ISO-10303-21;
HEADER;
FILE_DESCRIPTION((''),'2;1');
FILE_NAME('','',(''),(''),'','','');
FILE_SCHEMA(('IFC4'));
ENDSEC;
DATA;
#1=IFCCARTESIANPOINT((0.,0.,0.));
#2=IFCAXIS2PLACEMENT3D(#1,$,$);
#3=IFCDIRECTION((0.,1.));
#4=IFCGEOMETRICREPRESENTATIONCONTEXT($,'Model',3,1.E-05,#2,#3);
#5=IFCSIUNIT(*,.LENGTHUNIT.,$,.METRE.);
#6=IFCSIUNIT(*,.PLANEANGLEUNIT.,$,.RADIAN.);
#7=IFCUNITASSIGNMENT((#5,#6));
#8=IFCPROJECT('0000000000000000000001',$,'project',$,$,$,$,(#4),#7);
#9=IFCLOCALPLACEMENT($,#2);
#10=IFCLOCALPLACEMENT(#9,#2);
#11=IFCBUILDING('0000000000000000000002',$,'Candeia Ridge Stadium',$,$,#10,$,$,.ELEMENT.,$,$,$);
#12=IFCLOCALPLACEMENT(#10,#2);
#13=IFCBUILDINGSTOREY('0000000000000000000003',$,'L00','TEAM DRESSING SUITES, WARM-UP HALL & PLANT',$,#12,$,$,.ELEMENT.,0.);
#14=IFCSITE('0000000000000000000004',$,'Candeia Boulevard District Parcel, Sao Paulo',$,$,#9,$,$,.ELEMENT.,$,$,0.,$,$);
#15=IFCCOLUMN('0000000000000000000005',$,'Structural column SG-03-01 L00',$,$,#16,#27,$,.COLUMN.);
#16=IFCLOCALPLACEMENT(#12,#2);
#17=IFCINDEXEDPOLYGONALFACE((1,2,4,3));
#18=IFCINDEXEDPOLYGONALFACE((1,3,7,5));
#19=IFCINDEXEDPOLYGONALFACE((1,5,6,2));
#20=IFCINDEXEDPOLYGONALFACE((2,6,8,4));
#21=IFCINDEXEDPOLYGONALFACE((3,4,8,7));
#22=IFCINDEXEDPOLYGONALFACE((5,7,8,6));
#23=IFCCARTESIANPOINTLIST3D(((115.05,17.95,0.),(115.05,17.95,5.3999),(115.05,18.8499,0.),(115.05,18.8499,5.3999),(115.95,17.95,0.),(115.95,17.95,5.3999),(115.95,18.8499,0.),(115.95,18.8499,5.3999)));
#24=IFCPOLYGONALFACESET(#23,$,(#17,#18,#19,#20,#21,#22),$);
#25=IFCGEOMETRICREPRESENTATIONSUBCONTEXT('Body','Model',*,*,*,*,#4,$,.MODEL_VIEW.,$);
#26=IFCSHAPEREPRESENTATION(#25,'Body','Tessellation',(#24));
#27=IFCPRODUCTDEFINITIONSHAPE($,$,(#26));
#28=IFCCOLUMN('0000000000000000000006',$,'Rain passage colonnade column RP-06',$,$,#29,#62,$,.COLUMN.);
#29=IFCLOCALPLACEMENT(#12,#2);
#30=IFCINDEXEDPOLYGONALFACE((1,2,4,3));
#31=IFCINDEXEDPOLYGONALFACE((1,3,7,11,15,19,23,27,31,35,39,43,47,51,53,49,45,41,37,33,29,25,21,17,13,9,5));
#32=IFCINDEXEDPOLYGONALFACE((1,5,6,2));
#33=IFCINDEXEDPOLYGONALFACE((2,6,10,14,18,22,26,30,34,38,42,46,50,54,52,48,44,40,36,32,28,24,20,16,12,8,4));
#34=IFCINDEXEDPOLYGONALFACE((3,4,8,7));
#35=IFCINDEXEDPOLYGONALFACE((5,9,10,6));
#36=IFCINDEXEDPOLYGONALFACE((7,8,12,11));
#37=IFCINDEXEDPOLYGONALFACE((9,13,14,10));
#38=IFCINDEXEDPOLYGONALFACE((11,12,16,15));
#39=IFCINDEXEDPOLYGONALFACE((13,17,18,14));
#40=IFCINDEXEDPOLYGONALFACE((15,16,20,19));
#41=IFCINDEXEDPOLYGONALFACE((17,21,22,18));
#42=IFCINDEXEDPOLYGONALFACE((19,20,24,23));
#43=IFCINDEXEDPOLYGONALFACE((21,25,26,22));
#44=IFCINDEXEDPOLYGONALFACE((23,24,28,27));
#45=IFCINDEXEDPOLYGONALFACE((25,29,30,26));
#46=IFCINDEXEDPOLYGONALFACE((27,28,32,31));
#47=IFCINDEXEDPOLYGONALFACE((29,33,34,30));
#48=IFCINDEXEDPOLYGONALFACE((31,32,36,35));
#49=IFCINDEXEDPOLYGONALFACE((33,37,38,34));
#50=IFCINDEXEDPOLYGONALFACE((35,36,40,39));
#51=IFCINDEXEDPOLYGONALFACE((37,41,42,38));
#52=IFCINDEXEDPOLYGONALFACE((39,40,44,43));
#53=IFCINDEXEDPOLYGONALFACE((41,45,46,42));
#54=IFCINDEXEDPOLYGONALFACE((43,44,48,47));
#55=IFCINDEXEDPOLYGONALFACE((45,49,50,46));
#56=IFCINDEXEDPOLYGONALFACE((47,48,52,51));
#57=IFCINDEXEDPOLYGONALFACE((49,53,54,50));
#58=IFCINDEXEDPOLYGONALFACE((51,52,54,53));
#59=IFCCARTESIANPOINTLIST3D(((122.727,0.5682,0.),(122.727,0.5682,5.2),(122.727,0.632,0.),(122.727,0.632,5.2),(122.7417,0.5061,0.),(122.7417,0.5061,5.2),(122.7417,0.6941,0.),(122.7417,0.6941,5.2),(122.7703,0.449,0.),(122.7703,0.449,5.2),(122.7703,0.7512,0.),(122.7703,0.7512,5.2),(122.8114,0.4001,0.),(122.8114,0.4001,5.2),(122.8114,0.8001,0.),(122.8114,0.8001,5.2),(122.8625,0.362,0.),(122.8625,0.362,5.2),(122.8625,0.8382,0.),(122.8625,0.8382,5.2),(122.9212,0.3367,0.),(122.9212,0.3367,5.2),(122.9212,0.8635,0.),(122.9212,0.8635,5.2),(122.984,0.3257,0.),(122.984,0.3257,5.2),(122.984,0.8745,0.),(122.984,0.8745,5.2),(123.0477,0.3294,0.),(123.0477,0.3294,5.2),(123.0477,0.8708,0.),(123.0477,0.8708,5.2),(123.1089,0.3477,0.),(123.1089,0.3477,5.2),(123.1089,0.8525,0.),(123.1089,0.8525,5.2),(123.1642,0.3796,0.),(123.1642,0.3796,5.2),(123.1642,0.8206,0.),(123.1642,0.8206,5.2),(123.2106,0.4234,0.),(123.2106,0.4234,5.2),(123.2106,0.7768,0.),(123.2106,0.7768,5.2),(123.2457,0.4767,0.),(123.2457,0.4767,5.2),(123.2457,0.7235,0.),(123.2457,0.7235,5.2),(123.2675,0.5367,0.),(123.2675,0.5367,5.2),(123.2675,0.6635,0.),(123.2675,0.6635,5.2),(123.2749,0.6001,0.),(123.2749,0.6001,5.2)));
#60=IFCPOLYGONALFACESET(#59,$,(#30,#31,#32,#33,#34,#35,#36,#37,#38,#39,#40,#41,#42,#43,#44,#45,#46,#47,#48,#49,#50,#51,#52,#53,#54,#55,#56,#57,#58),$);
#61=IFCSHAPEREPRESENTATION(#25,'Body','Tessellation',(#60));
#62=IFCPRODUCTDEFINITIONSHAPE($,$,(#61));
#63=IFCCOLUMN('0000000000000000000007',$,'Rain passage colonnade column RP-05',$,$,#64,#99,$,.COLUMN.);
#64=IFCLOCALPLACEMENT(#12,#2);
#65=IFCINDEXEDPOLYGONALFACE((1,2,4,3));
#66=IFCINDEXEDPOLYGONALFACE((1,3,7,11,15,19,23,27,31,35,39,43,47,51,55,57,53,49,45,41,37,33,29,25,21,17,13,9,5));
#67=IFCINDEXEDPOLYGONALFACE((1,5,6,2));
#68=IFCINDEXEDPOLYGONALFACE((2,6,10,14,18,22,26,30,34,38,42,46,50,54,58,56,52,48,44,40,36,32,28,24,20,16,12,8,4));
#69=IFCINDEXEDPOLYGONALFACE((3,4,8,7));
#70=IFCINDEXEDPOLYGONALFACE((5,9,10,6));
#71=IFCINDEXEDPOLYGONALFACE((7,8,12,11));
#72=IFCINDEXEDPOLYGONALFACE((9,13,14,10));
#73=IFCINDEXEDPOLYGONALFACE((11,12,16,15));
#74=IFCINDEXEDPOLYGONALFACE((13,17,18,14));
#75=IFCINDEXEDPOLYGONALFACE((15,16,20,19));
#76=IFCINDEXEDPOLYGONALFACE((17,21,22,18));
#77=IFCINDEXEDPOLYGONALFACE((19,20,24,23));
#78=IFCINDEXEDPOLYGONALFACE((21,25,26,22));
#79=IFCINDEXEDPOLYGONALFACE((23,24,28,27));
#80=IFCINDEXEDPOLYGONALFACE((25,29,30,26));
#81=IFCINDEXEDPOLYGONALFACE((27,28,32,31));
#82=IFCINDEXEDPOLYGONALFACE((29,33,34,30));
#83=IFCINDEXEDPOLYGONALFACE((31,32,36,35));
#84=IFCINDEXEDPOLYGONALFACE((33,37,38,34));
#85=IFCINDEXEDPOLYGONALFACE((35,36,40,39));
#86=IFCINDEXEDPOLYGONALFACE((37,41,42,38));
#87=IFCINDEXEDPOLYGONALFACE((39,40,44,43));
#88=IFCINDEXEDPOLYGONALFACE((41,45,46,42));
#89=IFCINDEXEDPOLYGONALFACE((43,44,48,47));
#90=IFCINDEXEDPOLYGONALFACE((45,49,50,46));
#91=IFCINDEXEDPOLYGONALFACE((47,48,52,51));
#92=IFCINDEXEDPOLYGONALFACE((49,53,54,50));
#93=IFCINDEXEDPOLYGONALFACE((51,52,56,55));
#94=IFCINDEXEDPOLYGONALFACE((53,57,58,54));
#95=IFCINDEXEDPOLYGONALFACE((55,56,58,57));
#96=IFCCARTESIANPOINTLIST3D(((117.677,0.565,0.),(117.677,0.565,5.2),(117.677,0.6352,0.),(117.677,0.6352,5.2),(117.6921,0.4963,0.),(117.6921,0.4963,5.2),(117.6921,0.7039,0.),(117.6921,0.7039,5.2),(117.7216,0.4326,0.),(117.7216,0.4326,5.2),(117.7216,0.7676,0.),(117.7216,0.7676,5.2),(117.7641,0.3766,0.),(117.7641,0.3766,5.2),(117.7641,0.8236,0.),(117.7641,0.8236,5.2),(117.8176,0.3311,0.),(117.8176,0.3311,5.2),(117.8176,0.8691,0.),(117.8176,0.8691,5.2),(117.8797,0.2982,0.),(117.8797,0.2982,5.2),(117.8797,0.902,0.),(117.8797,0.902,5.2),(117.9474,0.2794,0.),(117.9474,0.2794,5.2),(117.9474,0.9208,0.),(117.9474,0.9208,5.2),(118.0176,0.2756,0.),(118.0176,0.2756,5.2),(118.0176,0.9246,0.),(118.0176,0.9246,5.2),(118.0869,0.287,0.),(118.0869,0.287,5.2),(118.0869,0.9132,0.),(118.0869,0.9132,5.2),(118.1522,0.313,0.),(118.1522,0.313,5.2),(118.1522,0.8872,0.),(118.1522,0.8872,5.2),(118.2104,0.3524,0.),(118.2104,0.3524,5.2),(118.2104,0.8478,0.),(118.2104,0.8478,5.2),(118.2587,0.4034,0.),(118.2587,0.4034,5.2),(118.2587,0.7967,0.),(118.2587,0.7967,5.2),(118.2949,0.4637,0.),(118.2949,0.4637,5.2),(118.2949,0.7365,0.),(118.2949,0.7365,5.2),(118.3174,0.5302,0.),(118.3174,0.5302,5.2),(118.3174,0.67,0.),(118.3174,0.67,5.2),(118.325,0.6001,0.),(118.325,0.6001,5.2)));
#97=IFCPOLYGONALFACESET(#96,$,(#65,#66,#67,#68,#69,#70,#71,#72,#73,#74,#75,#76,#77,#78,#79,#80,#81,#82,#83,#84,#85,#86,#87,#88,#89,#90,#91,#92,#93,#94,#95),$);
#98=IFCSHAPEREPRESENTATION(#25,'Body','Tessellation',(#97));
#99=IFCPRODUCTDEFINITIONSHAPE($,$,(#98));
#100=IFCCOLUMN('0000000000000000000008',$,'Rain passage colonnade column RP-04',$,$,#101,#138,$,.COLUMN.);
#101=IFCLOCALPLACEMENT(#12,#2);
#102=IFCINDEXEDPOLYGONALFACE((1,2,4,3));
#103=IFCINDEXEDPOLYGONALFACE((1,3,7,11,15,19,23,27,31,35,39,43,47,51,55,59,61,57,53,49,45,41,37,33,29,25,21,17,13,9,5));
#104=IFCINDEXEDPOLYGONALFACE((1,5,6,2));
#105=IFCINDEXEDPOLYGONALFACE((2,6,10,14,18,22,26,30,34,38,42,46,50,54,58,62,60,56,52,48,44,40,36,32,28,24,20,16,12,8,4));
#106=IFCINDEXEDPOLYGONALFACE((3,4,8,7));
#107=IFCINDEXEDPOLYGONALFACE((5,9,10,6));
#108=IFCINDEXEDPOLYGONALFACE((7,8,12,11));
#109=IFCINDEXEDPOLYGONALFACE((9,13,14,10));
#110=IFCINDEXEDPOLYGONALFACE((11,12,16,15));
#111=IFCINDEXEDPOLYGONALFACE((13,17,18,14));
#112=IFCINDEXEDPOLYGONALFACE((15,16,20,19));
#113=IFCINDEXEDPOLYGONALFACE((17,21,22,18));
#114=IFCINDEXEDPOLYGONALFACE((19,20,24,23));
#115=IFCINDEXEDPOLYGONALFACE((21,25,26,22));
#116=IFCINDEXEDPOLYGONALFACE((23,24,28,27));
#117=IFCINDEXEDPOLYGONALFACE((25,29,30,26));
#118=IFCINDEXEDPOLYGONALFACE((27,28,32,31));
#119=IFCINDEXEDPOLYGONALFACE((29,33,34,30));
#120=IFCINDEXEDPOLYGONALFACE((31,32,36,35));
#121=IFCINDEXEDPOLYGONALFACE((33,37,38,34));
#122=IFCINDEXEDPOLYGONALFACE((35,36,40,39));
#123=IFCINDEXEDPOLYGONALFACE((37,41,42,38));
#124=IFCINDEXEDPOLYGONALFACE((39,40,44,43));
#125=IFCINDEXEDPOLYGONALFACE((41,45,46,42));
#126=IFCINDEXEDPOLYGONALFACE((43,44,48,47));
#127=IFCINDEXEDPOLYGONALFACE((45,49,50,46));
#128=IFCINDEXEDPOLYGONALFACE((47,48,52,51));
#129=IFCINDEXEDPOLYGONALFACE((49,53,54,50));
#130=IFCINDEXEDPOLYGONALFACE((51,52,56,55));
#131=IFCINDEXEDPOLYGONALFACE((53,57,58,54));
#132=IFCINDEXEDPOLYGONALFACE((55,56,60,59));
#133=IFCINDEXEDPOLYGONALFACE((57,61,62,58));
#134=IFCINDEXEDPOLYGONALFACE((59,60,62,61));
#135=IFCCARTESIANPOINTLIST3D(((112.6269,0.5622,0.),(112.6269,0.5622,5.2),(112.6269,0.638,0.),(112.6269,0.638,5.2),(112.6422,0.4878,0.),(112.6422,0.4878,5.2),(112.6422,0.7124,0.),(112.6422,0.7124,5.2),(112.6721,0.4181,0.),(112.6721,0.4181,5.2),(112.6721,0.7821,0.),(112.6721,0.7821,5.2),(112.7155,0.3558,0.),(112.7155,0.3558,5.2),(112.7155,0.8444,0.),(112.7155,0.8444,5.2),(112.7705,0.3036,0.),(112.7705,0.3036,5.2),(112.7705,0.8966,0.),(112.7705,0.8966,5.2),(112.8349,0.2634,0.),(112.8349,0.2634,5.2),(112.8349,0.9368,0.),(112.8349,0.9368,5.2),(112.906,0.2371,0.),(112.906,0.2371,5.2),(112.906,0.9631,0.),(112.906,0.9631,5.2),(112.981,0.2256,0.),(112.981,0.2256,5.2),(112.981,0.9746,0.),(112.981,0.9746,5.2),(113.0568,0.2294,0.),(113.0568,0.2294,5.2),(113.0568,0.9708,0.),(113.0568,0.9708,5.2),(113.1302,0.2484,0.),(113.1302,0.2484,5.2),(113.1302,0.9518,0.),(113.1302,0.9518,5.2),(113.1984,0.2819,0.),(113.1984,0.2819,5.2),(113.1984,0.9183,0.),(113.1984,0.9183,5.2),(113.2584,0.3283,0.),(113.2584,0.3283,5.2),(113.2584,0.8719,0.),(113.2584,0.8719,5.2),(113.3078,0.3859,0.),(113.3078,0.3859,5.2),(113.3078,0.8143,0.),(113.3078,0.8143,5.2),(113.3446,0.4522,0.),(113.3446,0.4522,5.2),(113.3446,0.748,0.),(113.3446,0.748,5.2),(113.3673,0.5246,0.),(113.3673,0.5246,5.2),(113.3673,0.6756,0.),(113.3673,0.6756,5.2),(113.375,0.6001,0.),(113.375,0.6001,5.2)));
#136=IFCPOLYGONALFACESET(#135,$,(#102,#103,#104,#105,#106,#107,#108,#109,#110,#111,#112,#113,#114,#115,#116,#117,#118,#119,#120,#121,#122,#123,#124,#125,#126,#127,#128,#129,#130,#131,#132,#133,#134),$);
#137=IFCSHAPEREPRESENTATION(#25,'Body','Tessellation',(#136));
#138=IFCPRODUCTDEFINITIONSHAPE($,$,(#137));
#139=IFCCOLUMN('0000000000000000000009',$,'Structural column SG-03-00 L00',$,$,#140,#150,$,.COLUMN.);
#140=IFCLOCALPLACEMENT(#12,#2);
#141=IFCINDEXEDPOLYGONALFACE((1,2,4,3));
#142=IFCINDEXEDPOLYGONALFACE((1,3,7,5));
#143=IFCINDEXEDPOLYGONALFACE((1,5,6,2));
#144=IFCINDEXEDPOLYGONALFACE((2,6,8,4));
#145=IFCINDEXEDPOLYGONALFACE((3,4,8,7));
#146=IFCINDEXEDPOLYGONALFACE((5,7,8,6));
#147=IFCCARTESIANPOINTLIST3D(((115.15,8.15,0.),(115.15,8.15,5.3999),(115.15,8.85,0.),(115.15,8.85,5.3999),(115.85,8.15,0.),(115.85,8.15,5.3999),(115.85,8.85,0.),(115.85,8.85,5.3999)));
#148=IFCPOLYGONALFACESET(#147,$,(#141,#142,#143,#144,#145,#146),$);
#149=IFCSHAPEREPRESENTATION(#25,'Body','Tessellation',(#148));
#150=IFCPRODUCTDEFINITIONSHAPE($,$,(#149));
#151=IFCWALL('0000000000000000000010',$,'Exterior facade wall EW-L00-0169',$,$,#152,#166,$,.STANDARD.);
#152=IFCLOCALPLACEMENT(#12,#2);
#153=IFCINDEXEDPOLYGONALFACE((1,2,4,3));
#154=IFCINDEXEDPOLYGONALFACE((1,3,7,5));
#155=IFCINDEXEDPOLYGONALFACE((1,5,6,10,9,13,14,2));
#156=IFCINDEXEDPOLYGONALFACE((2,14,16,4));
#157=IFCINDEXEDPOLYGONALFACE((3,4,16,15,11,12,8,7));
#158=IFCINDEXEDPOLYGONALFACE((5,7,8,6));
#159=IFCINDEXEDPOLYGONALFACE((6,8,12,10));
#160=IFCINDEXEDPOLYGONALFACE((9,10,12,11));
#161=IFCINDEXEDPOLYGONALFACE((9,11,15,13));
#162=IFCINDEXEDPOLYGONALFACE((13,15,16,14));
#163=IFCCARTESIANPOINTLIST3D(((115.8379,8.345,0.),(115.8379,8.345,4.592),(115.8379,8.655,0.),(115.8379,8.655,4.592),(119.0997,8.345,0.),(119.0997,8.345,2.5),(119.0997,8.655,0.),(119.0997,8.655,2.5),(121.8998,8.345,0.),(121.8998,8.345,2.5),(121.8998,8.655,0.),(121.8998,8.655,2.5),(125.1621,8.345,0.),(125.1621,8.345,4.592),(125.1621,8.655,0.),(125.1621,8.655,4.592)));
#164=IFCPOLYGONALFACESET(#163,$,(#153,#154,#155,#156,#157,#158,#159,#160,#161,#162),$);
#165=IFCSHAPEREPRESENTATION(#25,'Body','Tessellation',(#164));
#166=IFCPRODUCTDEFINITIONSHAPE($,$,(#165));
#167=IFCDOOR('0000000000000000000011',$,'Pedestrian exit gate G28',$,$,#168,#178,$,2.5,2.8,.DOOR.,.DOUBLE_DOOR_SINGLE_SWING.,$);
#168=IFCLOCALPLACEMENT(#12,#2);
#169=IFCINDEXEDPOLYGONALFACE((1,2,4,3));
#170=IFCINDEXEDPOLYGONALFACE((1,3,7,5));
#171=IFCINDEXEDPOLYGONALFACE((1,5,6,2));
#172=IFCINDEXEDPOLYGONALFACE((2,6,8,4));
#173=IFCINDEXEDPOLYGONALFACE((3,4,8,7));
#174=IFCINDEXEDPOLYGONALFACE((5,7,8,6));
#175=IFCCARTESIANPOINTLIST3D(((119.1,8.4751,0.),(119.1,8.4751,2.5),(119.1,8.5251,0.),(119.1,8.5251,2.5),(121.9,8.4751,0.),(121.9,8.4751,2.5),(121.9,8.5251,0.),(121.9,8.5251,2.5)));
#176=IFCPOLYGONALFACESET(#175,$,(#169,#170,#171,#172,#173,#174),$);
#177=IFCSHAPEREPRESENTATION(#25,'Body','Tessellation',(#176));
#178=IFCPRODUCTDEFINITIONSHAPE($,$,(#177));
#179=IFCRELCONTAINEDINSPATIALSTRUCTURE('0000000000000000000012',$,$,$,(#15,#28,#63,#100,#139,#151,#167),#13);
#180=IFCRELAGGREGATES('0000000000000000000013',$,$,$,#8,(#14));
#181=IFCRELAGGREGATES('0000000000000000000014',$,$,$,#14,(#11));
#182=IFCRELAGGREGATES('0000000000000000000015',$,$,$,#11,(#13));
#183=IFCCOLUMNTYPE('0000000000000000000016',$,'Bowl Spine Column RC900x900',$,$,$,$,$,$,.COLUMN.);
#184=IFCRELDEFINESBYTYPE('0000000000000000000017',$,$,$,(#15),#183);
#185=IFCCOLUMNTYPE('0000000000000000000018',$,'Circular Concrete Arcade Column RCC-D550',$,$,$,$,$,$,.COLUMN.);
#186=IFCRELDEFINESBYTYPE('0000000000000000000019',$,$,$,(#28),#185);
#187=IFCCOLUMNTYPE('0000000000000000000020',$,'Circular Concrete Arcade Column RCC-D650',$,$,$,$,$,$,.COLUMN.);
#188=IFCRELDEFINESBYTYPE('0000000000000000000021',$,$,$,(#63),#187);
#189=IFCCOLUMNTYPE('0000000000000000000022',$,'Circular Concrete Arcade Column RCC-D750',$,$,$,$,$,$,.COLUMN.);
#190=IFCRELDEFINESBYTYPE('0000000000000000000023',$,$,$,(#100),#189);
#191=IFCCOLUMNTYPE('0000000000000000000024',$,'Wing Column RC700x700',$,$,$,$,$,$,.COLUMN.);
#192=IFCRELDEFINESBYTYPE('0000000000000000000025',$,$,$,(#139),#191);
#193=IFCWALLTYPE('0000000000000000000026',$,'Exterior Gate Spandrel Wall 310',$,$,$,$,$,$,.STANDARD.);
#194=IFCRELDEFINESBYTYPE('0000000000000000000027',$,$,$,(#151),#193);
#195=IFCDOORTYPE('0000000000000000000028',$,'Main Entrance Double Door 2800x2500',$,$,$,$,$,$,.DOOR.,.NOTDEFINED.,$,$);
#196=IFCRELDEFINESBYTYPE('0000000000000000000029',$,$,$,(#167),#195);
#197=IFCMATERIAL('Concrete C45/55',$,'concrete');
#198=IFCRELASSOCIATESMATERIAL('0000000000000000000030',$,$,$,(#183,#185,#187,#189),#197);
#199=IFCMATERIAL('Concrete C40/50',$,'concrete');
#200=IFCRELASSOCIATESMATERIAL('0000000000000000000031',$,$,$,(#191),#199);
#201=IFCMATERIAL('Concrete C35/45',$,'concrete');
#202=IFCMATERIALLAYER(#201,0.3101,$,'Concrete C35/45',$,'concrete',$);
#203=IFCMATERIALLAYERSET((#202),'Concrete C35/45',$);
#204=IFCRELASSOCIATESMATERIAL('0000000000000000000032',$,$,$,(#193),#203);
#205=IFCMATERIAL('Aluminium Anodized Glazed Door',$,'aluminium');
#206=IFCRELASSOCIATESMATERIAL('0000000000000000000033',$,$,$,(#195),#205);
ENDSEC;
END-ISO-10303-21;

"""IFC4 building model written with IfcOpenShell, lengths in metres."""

from ifc_helpers import new_model, si_unit, direction, frame, frame_2d, origin, origin_2d, place, context, subcontext, project, spatial, rectangle, circle, extrude, material, layer, layer_set, material_profile, profile_set, type_object, element, fill, save


model = new_model("IFC4")

# Units and contexts
model_context = context("Model", 3, precision=1e-05, world=origin(), true_north=direction((0.0, 1.0)))
body_context = subcontext(model_context, "Body", "Model", "MODEL_VIEW")
ifc_project = project(units=[si_unit("LENGTHUNIT", "METRE"), si_unit("PLANEANGLEUNIT", "RADIAN")], contexts=[model_context])

# Site, building, storey
site_placement = place(None, origin())
site = spatial("IfcSite", under=ifc_project, at=site_placement, Name="Candeia Boulevard District Parcel, Sao Paulo", CompositionType="ELEMENT", RefElevation=0.0)
building_placement = place(site_placement, origin())
building = spatial("IfcBuilding", under=site, at=building_placement, Name="Candeia Ridge Stadium", CompositionType="ELEMENT")
storey_placement = place(building_placement, origin())
storey = spatial("IfcBuildingStorey", under=building, at=storey_placement, Name="L00", Description="TEAM DRESSING SUITES, WARM-UP HALL & PLANT", CompositionType="ELEMENT", Elevation=0.0)

# Shared definitions
ifc_material_1 = material(Name="Concrete C40/50", Category="concrete")

# Columns
ifc_material_2 = material(Name="Concrete C45/55", Category="concrete")
ifc_material_profile_1 = material_profile(ifc_material_2, rectangle(XDim=0.8999, YDim=0.8999, at=origin_2d()), Name="RC900x900", Category="concrete")
ifc_profile_set_1 = profile_set([ifc_material_profile_1], Name="Concrete C45/55")
column_type_1 = type_object("IfcColumnType", Name="Bowl Spine Column RC900x900", PredefinedType="COLUMN", material=ifc_profile_set_1)
column_1_placement = place(storey_placement, frame((115.5, 18.3999, 0.0), z_axis=(0.0, 0.0, 1.0), x_axis=(1.0, 0.0, 0.0)))
element("IfcColumn", 1, at=column_1_placement, inside=storey, type_object=column_type_1, Name="Structural column SG-03-01 L00", PredefinedType="COLUMN", context=body_context, shape_type="SweptSolid", body=[
    extrude(rectangle(XDim=0.8999, YDim=0.8999, at=origin_2d()), origin(), (0.0, 0.0, 1.0), 5.3999),
])
ifc_material_profile_2 = material_profile(ifc_material_2, circle(Radius=0.2749, at=origin_2d()), Name="RCC-D550", Category="concrete")
ifc_profile_set_2 = profile_set([ifc_material_profile_2], Name="Concrete C45/55")
column_type_2 = type_object("IfcColumnType", Name="Circular Concrete Arcade Column RCC-D550", PredefinedType="COLUMN", material=ifc_profile_set_2)
column_2_placement = place(storey_placement, frame((123.0, 0.6001, 0.0), z_axis=(0.0, 0.0, 1.0), x_axis=(1.0, 0.0, 0.0)))
element("IfcColumn", 2, at=column_2_placement, inside=storey, type_object=column_type_2, Name="Rain passage colonnade column RP-06", PredefinedType="COLUMN", context=body_context, shape_type="SweptSolid", body=[
    extrude(circle(Radius=0.2749, at=origin_2d()), origin(), (0.0, 0.0, 1.0), 5.2),
])
ifc_material_profile_3 = material_profile(ifc_material_2, circle(Radius=0.325, at=origin_2d()), Name="RCC-D650", Category="concrete")
ifc_profile_set_3 = profile_set([ifc_material_profile_3], Name="Concrete C45/55")
column_type_3 = type_object("IfcColumnType", Name="Circular Concrete Arcade Column RCC-D650", PredefinedType="COLUMN", material=ifc_profile_set_3)
column_3_placement = place(storey_placement, frame((118.0, 0.6001, 0.0), z_axis=(0.0, 0.0, 1.0), x_axis=(1.0, 0.0, 0.0)))
element("IfcColumn", 3, at=column_3_placement, inside=storey, type_object=column_type_3, Name="Rain passage colonnade column RP-05", PredefinedType="COLUMN", context=body_context, shape_type="SweptSolid", body=[
    extrude(circle(Radius=0.325, at=origin_2d()), origin(), (0.0, 0.0, 1.0), 5.2),
])
ifc_material_profile_4 = material_profile(ifc_material_2, circle(Radius=0.375, at=origin_2d()), Name="RCC-D750", Category="concrete")
ifc_profile_set_4 = profile_set([ifc_material_profile_4], Name="Concrete C45/55")
column_type_4 = type_object("IfcColumnType", Name="Circular Concrete Arcade Column RCC-D750", PredefinedType="COLUMN", material=ifc_profile_set_4)
column_4_placement = place(storey_placement, frame((113.0, 0.6001, 0.0), z_axis=(0.0, 0.0, 1.0), x_axis=(1.0, 0.0, 0.0)))
element("IfcColumn", 4, at=column_4_placement, inside=storey, type_object=column_type_4, Name="Rain passage colonnade column RP-04", PredefinedType="COLUMN", context=body_context, shape_type="SweptSolid", body=[
    extrude(circle(Radius=0.375, at=origin_2d()), origin(), (0.0, 0.0, 1.0), 5.2),
])
ifc_material_profile_5 = material_profile(ifc_material_1, rectangle(XDim=0.7, YDim=0.7, at=origin_2d()), Name="RC700x700", Category="concrete")
ifc_profile_set_5 = profile_set([ifc_material_profile_5], Name="Concrete C40/50")
column_type_5 = type_object("IfcColumnType", Name="Wing Column RC700x700", PredefinedType="COLUMN", material=ifc_profile_set_5)
column_5_placement = place(storey_placement, frame((115.5, 8.5, 0.0), z_axis=(0.0, 0.0, 1.0), x_axis=(1.0, 0.0, 0.0)))
element("IfcColumn", 5, at=column_5_placement, inside=storey, type_object=column_type_5, Name="Structural column SG-03-00 L00", PredefinedType="COLUMN", context=body_context, shape_type="SweptSolid", body=[
    extrude(rectangle(XDim=0.7, YDim=0.7, at=origin_2d()), origin(), (0.0, 0.0, 1.0), 5.3999),
])

# Wall, opening, door
ifc_material_3 = material(Name="Concrete C35/45", Category="concrete")
ifc_layer_1 = layer(ifc_material_3, 0.3101, Name="Concrete C35/45", Category="concrete")
ifc_layer_set_1 = layer_set([ifc_layer_1], Name="Concrete C35/45")
wall_type = type_object("IfcWallType", Name="Exterior Gate Spandrel Wall 310", PredefinedType="STANDARD", material=ifc_layer_set_1)
wall_placement = place(storey_placement, frame((115.8379, 8.5, 0.0), z_axis=(0.0, 0.0, 1.0), x_axis=(1.0, 0.0, 0.0)))
wall = element("IfcWall", 6, at=wall_placement, inside=storey, type_object=wall_type, Name="Exterior facade wall EW-L00-0169", PredefinedType="STANDARD", context=body_context, shape_type="SweptSolid", body=[
    extrude(rectangle(XDim=9.3242, YDim=0.3101, at=frame_2d((4.6621, 0.0))), origin(), (0.0, 0.0, 1.0), 4.592),
])
opening_placement = place(wall_placement, frame((3.262, 0.0, 0.0)))
opening = element("IfcOpeningElement", 7, at=opening_placement, cuts=wall, PredefinedType="OPENING", context=body_context, shape_type="SweptSolid", body=[
    extrude(rectangle(XDim=2.8, YDim=2.5, at=frame_2d((1.3999, 1.25))), frame((0.0, 0.165, 0.0), z_axis=(0.0, -1.0, 0.0), x_axis=(1.0, 0.0, 0.0)), (0.0, 0.0, 1.0), 0.3301),
])
ifc_material_4 = material(Name="Aluminium Anodized Glazed Door", Category="aluminium")
door_type = type_object("IfcDoorType", Name="Main Entrance Double Door 2800x2500", OperationType="NOTDEFINED", PredefinedType="DOOR", material=ifc_material_4)
door_placement = place(opening_placement, frame((2.8, 0.0, 0.0), z_axis=(0.0, 0.0, 1.0), x_axis=(-1.0, 0.0, 0.0)))
door = element("IfcDoor", 8, at=door_placement, inside=storey, type_object=door_type, Name="Pedestrian exit gate G28", OperationType="DOUBLE_DOOR_SINGLE_SWING", OverallHeight=2.5, OverallWidth=2.8, PredefinedType="DOOR", context=body_context, shape_type="SweptSolid", body=[
    extrude(rectangle(XDim=2.8, YDim=2.5, at=frame_2d((1.3999, 1.25))), frame((0.0, 0.0249, 0.0), z_axis=(0.0, -1.0, 0.0), x_axis=(1.0, 0.0, 0.0)), (0.0, 0.0, 1.0), 0.05),
])
fill(opening, door)

save(model, "model.ifc")
